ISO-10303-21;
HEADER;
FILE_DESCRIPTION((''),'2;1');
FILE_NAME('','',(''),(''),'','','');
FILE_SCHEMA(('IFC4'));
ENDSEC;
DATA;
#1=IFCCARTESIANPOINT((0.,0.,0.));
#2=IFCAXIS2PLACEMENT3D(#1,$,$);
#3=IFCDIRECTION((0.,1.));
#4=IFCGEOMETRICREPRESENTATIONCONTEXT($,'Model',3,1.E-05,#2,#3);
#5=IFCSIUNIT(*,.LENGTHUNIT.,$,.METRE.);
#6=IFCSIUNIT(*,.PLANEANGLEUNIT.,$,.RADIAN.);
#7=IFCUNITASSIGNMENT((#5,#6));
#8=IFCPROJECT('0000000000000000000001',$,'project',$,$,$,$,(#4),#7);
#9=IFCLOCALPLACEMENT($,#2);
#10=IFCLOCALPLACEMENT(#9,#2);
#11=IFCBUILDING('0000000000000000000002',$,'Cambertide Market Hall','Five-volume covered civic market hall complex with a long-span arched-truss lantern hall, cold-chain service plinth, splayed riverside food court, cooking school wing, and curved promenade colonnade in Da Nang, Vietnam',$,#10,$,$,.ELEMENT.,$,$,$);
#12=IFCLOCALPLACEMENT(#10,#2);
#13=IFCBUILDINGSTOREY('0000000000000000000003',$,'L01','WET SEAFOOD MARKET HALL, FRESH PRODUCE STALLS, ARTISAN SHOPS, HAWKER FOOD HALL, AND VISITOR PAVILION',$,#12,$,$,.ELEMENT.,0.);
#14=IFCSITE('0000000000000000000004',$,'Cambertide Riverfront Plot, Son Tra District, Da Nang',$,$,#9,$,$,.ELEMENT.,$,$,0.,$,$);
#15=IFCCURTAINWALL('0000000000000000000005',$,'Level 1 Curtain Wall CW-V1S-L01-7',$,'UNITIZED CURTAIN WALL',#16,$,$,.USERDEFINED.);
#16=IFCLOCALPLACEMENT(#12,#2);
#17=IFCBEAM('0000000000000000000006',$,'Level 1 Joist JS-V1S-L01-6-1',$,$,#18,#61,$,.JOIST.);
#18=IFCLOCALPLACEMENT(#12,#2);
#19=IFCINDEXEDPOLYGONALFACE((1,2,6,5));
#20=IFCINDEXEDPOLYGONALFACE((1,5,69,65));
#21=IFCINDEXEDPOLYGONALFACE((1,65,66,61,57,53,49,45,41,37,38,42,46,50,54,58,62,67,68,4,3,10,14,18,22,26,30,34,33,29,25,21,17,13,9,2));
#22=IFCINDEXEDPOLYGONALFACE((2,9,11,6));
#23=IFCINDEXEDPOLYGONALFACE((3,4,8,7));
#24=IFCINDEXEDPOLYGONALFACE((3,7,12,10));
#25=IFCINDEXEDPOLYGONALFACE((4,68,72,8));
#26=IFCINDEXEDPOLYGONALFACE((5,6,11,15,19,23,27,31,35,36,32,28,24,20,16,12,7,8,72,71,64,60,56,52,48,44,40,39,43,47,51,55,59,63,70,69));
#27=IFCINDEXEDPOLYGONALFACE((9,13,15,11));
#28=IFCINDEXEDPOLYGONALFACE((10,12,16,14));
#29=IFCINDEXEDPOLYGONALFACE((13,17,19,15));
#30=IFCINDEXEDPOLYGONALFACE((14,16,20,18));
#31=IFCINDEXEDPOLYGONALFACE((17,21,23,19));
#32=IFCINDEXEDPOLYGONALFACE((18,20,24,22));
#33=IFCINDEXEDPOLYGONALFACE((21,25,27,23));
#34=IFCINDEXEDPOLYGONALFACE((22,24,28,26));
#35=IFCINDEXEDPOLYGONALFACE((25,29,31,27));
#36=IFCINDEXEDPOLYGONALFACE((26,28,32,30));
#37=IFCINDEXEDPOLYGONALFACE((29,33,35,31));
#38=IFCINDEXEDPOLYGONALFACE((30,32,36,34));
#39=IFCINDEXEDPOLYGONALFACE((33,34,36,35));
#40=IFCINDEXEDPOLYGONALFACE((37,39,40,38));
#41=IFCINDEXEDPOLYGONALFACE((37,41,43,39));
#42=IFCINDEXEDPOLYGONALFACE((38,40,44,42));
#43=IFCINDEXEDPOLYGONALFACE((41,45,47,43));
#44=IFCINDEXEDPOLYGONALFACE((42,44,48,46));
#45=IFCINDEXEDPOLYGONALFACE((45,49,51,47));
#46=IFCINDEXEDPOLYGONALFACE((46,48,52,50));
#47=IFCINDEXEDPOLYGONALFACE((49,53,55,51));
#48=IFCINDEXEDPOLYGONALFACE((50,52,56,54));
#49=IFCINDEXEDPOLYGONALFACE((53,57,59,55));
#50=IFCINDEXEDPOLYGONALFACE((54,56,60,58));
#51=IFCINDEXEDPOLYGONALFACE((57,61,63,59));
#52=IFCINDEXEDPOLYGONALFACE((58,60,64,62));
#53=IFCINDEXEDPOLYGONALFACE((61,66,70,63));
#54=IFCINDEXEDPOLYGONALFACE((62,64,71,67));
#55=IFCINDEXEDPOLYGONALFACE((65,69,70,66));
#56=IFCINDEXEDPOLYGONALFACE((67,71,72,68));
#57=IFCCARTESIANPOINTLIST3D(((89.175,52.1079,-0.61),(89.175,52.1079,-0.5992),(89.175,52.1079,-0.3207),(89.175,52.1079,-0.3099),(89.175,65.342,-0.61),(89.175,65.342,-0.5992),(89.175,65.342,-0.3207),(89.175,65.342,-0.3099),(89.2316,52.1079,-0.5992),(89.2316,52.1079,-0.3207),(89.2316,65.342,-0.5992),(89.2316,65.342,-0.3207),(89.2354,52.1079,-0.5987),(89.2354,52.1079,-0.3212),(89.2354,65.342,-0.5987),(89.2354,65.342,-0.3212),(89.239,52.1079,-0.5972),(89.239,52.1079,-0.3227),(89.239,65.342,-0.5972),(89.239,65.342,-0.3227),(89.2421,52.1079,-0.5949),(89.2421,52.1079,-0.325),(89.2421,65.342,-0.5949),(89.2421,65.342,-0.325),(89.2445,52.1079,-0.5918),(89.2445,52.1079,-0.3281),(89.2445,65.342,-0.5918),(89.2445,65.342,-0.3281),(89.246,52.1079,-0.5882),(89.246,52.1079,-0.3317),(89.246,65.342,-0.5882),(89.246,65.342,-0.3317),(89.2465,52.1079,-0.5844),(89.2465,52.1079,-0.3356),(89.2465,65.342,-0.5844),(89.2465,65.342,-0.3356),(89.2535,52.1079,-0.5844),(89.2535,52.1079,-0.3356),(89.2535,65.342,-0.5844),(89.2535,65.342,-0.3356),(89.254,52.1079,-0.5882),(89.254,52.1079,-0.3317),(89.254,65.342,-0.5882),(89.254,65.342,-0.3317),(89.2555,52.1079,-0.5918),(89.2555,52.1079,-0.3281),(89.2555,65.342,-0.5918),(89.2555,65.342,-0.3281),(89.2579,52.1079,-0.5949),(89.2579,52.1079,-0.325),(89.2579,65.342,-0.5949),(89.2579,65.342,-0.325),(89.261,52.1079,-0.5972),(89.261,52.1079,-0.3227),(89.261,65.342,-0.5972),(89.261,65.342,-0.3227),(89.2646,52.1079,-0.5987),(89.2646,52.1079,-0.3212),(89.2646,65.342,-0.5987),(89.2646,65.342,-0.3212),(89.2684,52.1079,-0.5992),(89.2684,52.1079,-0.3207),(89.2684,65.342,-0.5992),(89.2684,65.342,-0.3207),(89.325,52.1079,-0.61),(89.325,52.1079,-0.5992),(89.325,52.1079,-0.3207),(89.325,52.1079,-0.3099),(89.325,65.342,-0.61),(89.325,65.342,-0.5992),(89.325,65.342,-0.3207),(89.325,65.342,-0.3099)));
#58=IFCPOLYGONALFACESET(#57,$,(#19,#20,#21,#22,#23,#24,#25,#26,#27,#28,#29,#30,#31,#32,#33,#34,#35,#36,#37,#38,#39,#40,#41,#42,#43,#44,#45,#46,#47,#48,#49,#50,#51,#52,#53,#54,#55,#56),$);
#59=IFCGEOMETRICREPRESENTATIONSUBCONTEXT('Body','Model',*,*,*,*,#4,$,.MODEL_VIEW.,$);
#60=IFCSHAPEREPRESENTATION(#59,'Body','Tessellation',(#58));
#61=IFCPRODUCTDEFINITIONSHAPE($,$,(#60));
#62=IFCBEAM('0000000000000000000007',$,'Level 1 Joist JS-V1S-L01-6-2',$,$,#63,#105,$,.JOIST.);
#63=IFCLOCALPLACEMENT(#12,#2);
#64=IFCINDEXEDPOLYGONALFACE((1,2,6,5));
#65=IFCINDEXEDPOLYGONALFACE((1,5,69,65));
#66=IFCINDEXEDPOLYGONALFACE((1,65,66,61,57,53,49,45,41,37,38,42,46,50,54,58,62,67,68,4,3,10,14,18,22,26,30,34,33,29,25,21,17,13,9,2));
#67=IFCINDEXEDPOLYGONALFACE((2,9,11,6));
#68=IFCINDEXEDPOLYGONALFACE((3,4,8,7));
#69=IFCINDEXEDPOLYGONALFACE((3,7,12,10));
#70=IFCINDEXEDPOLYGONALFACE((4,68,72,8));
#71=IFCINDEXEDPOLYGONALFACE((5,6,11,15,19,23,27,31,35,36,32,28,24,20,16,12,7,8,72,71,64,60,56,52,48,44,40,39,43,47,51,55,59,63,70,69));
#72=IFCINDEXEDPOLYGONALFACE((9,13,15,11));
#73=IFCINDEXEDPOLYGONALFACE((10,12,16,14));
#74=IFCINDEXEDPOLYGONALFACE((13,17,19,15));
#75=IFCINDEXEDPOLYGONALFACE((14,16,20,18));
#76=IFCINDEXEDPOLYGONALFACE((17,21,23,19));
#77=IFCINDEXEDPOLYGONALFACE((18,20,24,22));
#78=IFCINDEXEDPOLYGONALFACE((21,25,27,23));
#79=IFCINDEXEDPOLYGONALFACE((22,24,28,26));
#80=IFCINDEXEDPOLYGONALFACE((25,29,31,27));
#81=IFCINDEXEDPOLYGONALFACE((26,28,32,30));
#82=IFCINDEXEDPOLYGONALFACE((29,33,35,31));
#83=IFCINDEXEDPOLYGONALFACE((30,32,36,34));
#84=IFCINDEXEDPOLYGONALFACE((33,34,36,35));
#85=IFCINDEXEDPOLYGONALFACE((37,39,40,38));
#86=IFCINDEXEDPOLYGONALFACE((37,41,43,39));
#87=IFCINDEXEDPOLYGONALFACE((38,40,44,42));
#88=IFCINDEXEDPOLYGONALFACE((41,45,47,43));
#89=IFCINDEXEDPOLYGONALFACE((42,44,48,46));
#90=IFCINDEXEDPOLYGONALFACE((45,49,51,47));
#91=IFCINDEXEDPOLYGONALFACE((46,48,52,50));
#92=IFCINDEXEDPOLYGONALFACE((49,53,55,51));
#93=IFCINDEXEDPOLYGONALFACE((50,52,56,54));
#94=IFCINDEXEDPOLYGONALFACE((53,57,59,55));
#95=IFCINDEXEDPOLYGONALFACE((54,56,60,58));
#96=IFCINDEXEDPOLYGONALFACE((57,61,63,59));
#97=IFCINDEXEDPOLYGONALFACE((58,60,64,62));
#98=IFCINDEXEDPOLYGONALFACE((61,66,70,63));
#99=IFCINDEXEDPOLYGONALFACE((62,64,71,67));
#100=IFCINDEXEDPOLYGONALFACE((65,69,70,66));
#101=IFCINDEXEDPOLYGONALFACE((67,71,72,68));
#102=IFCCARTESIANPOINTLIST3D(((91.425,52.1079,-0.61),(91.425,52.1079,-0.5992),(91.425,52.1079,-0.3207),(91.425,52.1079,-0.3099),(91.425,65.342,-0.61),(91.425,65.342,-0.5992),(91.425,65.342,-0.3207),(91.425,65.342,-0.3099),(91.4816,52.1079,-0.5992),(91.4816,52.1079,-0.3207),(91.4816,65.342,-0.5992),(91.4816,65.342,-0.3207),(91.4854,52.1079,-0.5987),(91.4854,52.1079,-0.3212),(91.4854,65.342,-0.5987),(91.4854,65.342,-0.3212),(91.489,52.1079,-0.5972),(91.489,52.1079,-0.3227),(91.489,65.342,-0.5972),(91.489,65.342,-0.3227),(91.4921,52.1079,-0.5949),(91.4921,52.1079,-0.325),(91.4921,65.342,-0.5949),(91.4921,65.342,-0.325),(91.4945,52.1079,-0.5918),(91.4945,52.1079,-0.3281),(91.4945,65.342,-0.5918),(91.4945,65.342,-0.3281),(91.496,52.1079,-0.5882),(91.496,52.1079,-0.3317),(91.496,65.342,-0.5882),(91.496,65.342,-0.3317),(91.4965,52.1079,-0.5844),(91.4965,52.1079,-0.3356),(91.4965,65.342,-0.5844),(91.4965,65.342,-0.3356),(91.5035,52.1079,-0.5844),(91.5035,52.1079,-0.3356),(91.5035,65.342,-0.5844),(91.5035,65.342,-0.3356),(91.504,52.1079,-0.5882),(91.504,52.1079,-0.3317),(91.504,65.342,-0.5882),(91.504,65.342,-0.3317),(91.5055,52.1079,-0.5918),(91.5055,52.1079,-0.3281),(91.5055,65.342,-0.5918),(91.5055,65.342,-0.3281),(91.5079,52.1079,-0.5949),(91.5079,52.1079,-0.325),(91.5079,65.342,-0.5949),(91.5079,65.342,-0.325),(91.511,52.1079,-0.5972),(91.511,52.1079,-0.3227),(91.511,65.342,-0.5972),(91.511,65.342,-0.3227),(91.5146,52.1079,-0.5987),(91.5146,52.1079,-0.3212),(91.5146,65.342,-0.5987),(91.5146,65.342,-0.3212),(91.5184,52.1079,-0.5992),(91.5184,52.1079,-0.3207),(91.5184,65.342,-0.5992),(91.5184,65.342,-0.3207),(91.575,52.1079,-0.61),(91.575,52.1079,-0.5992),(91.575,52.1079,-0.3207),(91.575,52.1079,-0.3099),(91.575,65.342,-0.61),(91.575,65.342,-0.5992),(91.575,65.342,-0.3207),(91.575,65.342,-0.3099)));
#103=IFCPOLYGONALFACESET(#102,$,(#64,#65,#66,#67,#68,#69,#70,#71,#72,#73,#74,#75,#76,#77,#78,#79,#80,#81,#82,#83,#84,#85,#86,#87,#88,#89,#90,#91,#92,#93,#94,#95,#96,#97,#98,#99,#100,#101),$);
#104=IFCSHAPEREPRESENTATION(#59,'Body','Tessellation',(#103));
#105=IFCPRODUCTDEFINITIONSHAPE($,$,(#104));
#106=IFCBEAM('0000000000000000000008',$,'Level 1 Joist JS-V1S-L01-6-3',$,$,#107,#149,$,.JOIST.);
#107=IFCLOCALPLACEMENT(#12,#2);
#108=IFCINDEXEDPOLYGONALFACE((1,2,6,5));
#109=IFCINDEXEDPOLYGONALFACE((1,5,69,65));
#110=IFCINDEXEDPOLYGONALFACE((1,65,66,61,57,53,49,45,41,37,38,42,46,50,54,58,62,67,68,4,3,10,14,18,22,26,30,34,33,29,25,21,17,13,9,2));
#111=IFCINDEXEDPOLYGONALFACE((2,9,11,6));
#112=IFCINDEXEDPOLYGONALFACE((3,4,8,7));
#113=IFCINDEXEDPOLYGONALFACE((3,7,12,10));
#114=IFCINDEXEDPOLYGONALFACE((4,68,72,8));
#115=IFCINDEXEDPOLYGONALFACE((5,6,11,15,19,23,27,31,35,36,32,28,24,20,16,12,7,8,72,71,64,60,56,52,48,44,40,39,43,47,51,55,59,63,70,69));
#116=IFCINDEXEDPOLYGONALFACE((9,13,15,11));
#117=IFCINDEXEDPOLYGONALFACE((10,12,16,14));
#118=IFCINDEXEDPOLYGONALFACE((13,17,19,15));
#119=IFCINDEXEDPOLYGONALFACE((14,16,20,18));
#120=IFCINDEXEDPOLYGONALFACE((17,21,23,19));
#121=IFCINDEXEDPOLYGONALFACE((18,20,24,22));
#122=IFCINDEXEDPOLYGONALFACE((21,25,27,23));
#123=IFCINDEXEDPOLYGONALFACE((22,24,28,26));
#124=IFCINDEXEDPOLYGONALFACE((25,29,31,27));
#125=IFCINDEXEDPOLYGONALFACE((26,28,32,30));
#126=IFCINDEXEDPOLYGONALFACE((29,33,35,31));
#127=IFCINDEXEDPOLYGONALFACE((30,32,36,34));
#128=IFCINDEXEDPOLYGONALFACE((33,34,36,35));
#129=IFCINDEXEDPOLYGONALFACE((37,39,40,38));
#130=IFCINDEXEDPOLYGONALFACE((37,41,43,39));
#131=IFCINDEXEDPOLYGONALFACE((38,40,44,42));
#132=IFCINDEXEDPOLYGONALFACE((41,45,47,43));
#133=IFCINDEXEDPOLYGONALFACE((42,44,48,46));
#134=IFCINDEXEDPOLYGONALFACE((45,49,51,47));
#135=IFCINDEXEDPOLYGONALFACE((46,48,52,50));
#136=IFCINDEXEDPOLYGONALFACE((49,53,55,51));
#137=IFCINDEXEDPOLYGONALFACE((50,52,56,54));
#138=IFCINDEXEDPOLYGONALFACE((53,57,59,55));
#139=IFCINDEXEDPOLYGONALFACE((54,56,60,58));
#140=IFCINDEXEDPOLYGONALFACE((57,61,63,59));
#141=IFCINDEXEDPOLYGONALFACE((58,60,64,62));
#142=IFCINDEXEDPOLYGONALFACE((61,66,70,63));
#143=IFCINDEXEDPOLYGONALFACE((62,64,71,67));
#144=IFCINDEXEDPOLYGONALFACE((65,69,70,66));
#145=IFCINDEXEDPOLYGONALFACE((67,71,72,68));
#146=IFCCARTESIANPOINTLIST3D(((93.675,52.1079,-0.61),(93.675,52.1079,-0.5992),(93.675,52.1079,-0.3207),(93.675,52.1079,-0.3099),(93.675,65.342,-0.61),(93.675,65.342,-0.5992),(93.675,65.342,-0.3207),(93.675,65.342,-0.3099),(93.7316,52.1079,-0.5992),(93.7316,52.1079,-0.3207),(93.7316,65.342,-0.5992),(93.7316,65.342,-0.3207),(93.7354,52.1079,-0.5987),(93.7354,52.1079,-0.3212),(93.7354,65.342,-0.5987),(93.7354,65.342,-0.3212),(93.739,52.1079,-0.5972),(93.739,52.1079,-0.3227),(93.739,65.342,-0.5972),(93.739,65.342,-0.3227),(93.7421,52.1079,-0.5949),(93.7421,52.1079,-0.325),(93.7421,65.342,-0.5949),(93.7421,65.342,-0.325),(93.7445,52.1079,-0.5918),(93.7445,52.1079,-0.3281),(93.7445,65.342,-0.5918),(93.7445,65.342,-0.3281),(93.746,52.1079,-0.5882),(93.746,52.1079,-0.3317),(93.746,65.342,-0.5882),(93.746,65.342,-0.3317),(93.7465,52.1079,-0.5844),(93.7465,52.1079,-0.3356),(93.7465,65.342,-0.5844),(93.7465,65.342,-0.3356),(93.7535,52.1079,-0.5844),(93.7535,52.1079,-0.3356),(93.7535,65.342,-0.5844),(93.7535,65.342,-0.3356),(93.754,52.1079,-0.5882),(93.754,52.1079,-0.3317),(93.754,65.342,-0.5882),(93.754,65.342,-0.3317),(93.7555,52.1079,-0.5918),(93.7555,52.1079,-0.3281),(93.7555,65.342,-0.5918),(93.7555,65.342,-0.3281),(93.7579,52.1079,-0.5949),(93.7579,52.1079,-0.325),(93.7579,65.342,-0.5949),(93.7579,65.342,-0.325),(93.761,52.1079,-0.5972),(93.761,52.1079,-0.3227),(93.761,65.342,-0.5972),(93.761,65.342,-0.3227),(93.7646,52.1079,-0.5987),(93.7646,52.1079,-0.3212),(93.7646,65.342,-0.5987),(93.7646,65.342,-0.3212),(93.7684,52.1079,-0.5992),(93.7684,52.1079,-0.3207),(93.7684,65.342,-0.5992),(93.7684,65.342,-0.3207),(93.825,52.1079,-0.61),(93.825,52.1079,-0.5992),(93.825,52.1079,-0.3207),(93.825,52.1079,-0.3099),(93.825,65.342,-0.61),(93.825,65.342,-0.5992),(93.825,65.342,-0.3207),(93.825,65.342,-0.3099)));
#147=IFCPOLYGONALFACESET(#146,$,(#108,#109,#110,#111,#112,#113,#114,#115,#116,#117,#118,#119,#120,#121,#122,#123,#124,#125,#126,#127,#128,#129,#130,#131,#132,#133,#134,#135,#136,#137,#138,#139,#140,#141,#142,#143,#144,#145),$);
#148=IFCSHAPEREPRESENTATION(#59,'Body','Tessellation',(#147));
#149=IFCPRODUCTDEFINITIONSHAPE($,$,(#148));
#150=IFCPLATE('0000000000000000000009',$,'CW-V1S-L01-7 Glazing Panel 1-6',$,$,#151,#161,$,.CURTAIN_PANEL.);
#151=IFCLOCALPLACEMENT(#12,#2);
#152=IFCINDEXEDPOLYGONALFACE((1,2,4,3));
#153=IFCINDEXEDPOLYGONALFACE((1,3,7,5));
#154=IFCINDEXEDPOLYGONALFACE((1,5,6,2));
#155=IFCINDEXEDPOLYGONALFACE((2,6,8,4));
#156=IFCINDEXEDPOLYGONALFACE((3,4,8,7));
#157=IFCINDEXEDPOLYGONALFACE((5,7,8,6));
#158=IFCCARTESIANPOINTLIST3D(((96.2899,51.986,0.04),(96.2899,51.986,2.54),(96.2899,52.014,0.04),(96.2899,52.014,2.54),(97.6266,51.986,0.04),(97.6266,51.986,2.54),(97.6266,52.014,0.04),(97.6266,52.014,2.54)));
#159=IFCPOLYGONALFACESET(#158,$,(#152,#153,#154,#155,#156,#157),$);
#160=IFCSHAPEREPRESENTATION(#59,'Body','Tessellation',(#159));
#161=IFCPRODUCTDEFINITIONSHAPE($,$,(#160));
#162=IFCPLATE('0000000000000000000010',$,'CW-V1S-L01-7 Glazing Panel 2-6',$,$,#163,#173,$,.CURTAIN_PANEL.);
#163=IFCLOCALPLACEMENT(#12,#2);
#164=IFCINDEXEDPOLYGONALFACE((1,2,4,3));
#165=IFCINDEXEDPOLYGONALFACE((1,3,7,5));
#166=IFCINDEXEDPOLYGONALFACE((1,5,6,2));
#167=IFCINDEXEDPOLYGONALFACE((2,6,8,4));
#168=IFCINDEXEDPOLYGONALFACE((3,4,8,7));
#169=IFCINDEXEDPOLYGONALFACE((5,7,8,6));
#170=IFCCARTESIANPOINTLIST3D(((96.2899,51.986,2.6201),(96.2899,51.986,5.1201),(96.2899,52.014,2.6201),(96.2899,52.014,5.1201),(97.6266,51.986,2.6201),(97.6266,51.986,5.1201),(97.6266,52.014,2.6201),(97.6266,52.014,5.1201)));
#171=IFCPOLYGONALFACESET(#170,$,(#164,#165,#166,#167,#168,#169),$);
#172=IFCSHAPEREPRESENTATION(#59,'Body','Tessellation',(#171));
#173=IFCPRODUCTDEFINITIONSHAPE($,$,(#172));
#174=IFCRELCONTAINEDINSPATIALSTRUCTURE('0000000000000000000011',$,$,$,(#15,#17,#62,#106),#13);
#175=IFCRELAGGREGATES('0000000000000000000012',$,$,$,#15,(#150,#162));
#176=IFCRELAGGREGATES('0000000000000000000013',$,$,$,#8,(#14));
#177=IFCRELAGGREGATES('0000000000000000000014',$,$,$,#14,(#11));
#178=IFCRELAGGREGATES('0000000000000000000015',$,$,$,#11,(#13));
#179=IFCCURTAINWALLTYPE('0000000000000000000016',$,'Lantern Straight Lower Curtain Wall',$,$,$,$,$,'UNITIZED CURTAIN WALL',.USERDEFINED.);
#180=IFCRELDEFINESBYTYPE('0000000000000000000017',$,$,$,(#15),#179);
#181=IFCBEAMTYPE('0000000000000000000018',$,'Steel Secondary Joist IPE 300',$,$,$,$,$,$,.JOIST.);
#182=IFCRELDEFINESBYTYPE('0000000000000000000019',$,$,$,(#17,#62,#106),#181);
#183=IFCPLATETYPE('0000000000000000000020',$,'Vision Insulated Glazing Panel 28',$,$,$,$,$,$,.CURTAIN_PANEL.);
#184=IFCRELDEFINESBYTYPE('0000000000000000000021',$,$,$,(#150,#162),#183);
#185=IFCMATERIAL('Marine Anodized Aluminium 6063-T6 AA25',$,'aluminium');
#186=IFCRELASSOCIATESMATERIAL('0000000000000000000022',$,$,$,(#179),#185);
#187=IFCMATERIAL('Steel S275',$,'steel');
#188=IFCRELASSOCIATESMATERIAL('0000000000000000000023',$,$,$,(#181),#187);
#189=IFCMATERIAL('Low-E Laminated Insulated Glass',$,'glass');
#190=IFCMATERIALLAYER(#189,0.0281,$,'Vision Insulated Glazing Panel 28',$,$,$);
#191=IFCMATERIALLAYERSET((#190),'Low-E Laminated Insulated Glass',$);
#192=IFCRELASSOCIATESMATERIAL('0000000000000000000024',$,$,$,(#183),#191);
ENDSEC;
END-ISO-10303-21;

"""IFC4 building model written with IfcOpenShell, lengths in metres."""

from ifc_helpers import new_model, si_unit, direction, frame, origin, origin_2d, place, context, subcontext, project, spatial, rectangle, i_section, extrude, material, layer, layer_set, material_profile, profile_set, type_object, element, aggregate, save


model = new_model("IFC4")

# Units and contexts
model_context = context("Model", 3, precision=1e-05, world=origin(), true_north=direction((0.0, 1.0)))
body_context = subcontext(model_context, "Body", "Model", "MODEL_VIEW")
ifc_project = project(units=[si_unit("LENGTHUNIT", "METRE"), si_unit("PLANEANGLEUNIT", "RADIAN")], contexts=[model_context])

# Site, building, storey
site_placement = place(None, origin())
site = spatial("IfcSite", under=ifc_project, at=site_placement, Name="Cambertide Riverfront Plot, Son Tra District, Da Nang", CompositionType="ELEMENT", RefElevation=0.0)
building_placement = place(site_placement, origin())
building = spatial("IfcBuilding", under=site, at=building_placement, Name="Cambertide Market Hall", Description="Five-volume covered civic market hall complex with a long-span arched-truss lantern hall, cold-chain service plinth, splayed riverside food court, cooking school wing, and curved promenade colonnade in Da Nang, Vietnam", CompositionType="ELEMENT")
storey_placement = place(building_placement, origin())
storey = spatial("IfcBuildingStorey", under=building, at=storey_placement, Name="L01", Description="WET SEAFOOD MARKET HALL, FRESH PRODUCE STALLS, ARTISAN SHOPS, HAWKER FOOD HALL, AND VISITOR PAVILION", CompositionType="ELEMENT", Elevation=0.0)

# Curtain wall
ifc_material_1 = material(Name="Marine Anodized Aluminium 6063-T6 AA25", Category="aluminium")
curtain_wall_type = type_object("IfcCurtainWallType", Name="Lantern Straight Lower Curtain Wall", ElementType="UNITIZED CURTAIN WALL", PredefinedType="USERDEFINED", material=ifc_material_1)
curtain_wall_1_placement = place(storey_placement, origin())
curtain_wall_1 = element("IfcCurtainWall", 1, at=curtain_wall_1_placement, inside=storey, type_object=curtain_wall_type, Name="Level 1 Curtain Wall CW-V1S-L01-7", ObjectType="UNITIZED CURTAIN WALL", PredefinedType="USERDEFINED")

# Beams
ifc_material_2 = material(Name="Steel S275", Category="steel")
ifc_material_profile_1 = material_profile(ifc_material_2, i_section(OverallWidth=0.1499, OverallDepth=0.3, WebThickness=0.0071, FlangeThickness=0.0107, FilletRadius=0.0149, at=origin_2d()), Name="IPE 300")
ifc_profile_set_1 = profile_set([ifc_material_profile_1], Name="Steel S275")
beam_type_1 = type_object("IfcBeamType", Name="Steel Secondary Joist IPE 300", PredefinedType="JOIST", material=ifc_profile_set_1)
for number, where, z_axis, x_axis, name in (
    (2, (89.25, 52.1079, -0.46), (0.0, 1.0, 0.0), (-1.0, 0.0, 0.0), "Level 1 Joist JS-V1S-L01-6-1"),
    (3, (91.5, 52.1079, -0.46), (0.0, 1.0, 0.0), (-1.0, 0.0, 0.0), "Level 1 Joist JS-V1S-L01-6-2"),
    (4, (93.75, 52.1079, -0.46), (0.0, 1.0, 0.0), (-1.0, 0.0, 0.0), "Level 1 Joist JS-V1S-L01-6-3"),
):
    element("IfcBeam", number, at=place(storey_placement, frame(where, z_axis=z_axis, x_axis=x_axis)), inside=storey, type_object=beam_type_1, Name=name, PredefinedType="JOIST", context=body_context, shape_type="SweptSolid", body=[
        extrude(i_section(OverallWidth=0.1499, OverallDepth=0.3, WebThickness=0.0071, FlangeThickness=0.0107, FilletRadius=0.0149, at=origin_2d()), origin(), (0.0, 0.0, 1.0), 13.2341),
    ])

# Plates
ifc_material_3 = material(Name="Low-E Laminated Insulated Glass", Category="glass")
ifc_layer_1 = layer(ifc_material_3, 0.0281, Name="Vision Insulated Glazing Panel 28")
ifc_layer_set_1 = layer_set([ifc_layer_1], Name="Low-E Laminated Insulated Glass")
plate_type = type_object("IfcPlateType", Name="Vision Insulated Glazing Panel 28", PredefinedType="CURTAIN_PANEL", material=ifc_layer_set_1)
plate_1_placement = place(storey_placement, frame((96.9583, 52.0, 0.04), z_axis=(0.0, 0.0, 1.0), x_axis=(-1.0, 0.0, 0.0)))
plate_1 = element("IfcPlate", 5, at=plate_1_placement, type_object=plate_type, Name="CW-V1S-L01-7 Glazing Panel 1-6", PredefinedType="CURTAIN_PANEL", context=body_context, shape_type="SweptSolid", body=[
    extrude(rectangle(XDim=1.3367, YDim=0.0281, at=origin_2d()), origin(), (0.0, 0.0, 1.0), 2.5),
])
plate_2_placement = place(storey_placement, frame((96.9583, 52.0, 2.6201), z_axis=(0.0, 0.0, 1.0), x_axis=(-1.0, 0.0, 0.0)))
plate_2 = element("IfcPlate", 6, at=plate_2_placement, type_object=plate_type, Name="CW-V1S-L01-7 Glazing Panel 2-6", PredefinedType="CURTAIN_PANEL", context=body_context, shape_type="SweptSolid", body=[
    extrude(rectangle(XDim=1.3367, YDim=0.0281, at=origin_2d()), origin(), (0.0, 0.0, 1.0), 2.5),
])
aggregate(curtain_wall_1, [plate_1, plate_2])

save(model, "model.ifc")
